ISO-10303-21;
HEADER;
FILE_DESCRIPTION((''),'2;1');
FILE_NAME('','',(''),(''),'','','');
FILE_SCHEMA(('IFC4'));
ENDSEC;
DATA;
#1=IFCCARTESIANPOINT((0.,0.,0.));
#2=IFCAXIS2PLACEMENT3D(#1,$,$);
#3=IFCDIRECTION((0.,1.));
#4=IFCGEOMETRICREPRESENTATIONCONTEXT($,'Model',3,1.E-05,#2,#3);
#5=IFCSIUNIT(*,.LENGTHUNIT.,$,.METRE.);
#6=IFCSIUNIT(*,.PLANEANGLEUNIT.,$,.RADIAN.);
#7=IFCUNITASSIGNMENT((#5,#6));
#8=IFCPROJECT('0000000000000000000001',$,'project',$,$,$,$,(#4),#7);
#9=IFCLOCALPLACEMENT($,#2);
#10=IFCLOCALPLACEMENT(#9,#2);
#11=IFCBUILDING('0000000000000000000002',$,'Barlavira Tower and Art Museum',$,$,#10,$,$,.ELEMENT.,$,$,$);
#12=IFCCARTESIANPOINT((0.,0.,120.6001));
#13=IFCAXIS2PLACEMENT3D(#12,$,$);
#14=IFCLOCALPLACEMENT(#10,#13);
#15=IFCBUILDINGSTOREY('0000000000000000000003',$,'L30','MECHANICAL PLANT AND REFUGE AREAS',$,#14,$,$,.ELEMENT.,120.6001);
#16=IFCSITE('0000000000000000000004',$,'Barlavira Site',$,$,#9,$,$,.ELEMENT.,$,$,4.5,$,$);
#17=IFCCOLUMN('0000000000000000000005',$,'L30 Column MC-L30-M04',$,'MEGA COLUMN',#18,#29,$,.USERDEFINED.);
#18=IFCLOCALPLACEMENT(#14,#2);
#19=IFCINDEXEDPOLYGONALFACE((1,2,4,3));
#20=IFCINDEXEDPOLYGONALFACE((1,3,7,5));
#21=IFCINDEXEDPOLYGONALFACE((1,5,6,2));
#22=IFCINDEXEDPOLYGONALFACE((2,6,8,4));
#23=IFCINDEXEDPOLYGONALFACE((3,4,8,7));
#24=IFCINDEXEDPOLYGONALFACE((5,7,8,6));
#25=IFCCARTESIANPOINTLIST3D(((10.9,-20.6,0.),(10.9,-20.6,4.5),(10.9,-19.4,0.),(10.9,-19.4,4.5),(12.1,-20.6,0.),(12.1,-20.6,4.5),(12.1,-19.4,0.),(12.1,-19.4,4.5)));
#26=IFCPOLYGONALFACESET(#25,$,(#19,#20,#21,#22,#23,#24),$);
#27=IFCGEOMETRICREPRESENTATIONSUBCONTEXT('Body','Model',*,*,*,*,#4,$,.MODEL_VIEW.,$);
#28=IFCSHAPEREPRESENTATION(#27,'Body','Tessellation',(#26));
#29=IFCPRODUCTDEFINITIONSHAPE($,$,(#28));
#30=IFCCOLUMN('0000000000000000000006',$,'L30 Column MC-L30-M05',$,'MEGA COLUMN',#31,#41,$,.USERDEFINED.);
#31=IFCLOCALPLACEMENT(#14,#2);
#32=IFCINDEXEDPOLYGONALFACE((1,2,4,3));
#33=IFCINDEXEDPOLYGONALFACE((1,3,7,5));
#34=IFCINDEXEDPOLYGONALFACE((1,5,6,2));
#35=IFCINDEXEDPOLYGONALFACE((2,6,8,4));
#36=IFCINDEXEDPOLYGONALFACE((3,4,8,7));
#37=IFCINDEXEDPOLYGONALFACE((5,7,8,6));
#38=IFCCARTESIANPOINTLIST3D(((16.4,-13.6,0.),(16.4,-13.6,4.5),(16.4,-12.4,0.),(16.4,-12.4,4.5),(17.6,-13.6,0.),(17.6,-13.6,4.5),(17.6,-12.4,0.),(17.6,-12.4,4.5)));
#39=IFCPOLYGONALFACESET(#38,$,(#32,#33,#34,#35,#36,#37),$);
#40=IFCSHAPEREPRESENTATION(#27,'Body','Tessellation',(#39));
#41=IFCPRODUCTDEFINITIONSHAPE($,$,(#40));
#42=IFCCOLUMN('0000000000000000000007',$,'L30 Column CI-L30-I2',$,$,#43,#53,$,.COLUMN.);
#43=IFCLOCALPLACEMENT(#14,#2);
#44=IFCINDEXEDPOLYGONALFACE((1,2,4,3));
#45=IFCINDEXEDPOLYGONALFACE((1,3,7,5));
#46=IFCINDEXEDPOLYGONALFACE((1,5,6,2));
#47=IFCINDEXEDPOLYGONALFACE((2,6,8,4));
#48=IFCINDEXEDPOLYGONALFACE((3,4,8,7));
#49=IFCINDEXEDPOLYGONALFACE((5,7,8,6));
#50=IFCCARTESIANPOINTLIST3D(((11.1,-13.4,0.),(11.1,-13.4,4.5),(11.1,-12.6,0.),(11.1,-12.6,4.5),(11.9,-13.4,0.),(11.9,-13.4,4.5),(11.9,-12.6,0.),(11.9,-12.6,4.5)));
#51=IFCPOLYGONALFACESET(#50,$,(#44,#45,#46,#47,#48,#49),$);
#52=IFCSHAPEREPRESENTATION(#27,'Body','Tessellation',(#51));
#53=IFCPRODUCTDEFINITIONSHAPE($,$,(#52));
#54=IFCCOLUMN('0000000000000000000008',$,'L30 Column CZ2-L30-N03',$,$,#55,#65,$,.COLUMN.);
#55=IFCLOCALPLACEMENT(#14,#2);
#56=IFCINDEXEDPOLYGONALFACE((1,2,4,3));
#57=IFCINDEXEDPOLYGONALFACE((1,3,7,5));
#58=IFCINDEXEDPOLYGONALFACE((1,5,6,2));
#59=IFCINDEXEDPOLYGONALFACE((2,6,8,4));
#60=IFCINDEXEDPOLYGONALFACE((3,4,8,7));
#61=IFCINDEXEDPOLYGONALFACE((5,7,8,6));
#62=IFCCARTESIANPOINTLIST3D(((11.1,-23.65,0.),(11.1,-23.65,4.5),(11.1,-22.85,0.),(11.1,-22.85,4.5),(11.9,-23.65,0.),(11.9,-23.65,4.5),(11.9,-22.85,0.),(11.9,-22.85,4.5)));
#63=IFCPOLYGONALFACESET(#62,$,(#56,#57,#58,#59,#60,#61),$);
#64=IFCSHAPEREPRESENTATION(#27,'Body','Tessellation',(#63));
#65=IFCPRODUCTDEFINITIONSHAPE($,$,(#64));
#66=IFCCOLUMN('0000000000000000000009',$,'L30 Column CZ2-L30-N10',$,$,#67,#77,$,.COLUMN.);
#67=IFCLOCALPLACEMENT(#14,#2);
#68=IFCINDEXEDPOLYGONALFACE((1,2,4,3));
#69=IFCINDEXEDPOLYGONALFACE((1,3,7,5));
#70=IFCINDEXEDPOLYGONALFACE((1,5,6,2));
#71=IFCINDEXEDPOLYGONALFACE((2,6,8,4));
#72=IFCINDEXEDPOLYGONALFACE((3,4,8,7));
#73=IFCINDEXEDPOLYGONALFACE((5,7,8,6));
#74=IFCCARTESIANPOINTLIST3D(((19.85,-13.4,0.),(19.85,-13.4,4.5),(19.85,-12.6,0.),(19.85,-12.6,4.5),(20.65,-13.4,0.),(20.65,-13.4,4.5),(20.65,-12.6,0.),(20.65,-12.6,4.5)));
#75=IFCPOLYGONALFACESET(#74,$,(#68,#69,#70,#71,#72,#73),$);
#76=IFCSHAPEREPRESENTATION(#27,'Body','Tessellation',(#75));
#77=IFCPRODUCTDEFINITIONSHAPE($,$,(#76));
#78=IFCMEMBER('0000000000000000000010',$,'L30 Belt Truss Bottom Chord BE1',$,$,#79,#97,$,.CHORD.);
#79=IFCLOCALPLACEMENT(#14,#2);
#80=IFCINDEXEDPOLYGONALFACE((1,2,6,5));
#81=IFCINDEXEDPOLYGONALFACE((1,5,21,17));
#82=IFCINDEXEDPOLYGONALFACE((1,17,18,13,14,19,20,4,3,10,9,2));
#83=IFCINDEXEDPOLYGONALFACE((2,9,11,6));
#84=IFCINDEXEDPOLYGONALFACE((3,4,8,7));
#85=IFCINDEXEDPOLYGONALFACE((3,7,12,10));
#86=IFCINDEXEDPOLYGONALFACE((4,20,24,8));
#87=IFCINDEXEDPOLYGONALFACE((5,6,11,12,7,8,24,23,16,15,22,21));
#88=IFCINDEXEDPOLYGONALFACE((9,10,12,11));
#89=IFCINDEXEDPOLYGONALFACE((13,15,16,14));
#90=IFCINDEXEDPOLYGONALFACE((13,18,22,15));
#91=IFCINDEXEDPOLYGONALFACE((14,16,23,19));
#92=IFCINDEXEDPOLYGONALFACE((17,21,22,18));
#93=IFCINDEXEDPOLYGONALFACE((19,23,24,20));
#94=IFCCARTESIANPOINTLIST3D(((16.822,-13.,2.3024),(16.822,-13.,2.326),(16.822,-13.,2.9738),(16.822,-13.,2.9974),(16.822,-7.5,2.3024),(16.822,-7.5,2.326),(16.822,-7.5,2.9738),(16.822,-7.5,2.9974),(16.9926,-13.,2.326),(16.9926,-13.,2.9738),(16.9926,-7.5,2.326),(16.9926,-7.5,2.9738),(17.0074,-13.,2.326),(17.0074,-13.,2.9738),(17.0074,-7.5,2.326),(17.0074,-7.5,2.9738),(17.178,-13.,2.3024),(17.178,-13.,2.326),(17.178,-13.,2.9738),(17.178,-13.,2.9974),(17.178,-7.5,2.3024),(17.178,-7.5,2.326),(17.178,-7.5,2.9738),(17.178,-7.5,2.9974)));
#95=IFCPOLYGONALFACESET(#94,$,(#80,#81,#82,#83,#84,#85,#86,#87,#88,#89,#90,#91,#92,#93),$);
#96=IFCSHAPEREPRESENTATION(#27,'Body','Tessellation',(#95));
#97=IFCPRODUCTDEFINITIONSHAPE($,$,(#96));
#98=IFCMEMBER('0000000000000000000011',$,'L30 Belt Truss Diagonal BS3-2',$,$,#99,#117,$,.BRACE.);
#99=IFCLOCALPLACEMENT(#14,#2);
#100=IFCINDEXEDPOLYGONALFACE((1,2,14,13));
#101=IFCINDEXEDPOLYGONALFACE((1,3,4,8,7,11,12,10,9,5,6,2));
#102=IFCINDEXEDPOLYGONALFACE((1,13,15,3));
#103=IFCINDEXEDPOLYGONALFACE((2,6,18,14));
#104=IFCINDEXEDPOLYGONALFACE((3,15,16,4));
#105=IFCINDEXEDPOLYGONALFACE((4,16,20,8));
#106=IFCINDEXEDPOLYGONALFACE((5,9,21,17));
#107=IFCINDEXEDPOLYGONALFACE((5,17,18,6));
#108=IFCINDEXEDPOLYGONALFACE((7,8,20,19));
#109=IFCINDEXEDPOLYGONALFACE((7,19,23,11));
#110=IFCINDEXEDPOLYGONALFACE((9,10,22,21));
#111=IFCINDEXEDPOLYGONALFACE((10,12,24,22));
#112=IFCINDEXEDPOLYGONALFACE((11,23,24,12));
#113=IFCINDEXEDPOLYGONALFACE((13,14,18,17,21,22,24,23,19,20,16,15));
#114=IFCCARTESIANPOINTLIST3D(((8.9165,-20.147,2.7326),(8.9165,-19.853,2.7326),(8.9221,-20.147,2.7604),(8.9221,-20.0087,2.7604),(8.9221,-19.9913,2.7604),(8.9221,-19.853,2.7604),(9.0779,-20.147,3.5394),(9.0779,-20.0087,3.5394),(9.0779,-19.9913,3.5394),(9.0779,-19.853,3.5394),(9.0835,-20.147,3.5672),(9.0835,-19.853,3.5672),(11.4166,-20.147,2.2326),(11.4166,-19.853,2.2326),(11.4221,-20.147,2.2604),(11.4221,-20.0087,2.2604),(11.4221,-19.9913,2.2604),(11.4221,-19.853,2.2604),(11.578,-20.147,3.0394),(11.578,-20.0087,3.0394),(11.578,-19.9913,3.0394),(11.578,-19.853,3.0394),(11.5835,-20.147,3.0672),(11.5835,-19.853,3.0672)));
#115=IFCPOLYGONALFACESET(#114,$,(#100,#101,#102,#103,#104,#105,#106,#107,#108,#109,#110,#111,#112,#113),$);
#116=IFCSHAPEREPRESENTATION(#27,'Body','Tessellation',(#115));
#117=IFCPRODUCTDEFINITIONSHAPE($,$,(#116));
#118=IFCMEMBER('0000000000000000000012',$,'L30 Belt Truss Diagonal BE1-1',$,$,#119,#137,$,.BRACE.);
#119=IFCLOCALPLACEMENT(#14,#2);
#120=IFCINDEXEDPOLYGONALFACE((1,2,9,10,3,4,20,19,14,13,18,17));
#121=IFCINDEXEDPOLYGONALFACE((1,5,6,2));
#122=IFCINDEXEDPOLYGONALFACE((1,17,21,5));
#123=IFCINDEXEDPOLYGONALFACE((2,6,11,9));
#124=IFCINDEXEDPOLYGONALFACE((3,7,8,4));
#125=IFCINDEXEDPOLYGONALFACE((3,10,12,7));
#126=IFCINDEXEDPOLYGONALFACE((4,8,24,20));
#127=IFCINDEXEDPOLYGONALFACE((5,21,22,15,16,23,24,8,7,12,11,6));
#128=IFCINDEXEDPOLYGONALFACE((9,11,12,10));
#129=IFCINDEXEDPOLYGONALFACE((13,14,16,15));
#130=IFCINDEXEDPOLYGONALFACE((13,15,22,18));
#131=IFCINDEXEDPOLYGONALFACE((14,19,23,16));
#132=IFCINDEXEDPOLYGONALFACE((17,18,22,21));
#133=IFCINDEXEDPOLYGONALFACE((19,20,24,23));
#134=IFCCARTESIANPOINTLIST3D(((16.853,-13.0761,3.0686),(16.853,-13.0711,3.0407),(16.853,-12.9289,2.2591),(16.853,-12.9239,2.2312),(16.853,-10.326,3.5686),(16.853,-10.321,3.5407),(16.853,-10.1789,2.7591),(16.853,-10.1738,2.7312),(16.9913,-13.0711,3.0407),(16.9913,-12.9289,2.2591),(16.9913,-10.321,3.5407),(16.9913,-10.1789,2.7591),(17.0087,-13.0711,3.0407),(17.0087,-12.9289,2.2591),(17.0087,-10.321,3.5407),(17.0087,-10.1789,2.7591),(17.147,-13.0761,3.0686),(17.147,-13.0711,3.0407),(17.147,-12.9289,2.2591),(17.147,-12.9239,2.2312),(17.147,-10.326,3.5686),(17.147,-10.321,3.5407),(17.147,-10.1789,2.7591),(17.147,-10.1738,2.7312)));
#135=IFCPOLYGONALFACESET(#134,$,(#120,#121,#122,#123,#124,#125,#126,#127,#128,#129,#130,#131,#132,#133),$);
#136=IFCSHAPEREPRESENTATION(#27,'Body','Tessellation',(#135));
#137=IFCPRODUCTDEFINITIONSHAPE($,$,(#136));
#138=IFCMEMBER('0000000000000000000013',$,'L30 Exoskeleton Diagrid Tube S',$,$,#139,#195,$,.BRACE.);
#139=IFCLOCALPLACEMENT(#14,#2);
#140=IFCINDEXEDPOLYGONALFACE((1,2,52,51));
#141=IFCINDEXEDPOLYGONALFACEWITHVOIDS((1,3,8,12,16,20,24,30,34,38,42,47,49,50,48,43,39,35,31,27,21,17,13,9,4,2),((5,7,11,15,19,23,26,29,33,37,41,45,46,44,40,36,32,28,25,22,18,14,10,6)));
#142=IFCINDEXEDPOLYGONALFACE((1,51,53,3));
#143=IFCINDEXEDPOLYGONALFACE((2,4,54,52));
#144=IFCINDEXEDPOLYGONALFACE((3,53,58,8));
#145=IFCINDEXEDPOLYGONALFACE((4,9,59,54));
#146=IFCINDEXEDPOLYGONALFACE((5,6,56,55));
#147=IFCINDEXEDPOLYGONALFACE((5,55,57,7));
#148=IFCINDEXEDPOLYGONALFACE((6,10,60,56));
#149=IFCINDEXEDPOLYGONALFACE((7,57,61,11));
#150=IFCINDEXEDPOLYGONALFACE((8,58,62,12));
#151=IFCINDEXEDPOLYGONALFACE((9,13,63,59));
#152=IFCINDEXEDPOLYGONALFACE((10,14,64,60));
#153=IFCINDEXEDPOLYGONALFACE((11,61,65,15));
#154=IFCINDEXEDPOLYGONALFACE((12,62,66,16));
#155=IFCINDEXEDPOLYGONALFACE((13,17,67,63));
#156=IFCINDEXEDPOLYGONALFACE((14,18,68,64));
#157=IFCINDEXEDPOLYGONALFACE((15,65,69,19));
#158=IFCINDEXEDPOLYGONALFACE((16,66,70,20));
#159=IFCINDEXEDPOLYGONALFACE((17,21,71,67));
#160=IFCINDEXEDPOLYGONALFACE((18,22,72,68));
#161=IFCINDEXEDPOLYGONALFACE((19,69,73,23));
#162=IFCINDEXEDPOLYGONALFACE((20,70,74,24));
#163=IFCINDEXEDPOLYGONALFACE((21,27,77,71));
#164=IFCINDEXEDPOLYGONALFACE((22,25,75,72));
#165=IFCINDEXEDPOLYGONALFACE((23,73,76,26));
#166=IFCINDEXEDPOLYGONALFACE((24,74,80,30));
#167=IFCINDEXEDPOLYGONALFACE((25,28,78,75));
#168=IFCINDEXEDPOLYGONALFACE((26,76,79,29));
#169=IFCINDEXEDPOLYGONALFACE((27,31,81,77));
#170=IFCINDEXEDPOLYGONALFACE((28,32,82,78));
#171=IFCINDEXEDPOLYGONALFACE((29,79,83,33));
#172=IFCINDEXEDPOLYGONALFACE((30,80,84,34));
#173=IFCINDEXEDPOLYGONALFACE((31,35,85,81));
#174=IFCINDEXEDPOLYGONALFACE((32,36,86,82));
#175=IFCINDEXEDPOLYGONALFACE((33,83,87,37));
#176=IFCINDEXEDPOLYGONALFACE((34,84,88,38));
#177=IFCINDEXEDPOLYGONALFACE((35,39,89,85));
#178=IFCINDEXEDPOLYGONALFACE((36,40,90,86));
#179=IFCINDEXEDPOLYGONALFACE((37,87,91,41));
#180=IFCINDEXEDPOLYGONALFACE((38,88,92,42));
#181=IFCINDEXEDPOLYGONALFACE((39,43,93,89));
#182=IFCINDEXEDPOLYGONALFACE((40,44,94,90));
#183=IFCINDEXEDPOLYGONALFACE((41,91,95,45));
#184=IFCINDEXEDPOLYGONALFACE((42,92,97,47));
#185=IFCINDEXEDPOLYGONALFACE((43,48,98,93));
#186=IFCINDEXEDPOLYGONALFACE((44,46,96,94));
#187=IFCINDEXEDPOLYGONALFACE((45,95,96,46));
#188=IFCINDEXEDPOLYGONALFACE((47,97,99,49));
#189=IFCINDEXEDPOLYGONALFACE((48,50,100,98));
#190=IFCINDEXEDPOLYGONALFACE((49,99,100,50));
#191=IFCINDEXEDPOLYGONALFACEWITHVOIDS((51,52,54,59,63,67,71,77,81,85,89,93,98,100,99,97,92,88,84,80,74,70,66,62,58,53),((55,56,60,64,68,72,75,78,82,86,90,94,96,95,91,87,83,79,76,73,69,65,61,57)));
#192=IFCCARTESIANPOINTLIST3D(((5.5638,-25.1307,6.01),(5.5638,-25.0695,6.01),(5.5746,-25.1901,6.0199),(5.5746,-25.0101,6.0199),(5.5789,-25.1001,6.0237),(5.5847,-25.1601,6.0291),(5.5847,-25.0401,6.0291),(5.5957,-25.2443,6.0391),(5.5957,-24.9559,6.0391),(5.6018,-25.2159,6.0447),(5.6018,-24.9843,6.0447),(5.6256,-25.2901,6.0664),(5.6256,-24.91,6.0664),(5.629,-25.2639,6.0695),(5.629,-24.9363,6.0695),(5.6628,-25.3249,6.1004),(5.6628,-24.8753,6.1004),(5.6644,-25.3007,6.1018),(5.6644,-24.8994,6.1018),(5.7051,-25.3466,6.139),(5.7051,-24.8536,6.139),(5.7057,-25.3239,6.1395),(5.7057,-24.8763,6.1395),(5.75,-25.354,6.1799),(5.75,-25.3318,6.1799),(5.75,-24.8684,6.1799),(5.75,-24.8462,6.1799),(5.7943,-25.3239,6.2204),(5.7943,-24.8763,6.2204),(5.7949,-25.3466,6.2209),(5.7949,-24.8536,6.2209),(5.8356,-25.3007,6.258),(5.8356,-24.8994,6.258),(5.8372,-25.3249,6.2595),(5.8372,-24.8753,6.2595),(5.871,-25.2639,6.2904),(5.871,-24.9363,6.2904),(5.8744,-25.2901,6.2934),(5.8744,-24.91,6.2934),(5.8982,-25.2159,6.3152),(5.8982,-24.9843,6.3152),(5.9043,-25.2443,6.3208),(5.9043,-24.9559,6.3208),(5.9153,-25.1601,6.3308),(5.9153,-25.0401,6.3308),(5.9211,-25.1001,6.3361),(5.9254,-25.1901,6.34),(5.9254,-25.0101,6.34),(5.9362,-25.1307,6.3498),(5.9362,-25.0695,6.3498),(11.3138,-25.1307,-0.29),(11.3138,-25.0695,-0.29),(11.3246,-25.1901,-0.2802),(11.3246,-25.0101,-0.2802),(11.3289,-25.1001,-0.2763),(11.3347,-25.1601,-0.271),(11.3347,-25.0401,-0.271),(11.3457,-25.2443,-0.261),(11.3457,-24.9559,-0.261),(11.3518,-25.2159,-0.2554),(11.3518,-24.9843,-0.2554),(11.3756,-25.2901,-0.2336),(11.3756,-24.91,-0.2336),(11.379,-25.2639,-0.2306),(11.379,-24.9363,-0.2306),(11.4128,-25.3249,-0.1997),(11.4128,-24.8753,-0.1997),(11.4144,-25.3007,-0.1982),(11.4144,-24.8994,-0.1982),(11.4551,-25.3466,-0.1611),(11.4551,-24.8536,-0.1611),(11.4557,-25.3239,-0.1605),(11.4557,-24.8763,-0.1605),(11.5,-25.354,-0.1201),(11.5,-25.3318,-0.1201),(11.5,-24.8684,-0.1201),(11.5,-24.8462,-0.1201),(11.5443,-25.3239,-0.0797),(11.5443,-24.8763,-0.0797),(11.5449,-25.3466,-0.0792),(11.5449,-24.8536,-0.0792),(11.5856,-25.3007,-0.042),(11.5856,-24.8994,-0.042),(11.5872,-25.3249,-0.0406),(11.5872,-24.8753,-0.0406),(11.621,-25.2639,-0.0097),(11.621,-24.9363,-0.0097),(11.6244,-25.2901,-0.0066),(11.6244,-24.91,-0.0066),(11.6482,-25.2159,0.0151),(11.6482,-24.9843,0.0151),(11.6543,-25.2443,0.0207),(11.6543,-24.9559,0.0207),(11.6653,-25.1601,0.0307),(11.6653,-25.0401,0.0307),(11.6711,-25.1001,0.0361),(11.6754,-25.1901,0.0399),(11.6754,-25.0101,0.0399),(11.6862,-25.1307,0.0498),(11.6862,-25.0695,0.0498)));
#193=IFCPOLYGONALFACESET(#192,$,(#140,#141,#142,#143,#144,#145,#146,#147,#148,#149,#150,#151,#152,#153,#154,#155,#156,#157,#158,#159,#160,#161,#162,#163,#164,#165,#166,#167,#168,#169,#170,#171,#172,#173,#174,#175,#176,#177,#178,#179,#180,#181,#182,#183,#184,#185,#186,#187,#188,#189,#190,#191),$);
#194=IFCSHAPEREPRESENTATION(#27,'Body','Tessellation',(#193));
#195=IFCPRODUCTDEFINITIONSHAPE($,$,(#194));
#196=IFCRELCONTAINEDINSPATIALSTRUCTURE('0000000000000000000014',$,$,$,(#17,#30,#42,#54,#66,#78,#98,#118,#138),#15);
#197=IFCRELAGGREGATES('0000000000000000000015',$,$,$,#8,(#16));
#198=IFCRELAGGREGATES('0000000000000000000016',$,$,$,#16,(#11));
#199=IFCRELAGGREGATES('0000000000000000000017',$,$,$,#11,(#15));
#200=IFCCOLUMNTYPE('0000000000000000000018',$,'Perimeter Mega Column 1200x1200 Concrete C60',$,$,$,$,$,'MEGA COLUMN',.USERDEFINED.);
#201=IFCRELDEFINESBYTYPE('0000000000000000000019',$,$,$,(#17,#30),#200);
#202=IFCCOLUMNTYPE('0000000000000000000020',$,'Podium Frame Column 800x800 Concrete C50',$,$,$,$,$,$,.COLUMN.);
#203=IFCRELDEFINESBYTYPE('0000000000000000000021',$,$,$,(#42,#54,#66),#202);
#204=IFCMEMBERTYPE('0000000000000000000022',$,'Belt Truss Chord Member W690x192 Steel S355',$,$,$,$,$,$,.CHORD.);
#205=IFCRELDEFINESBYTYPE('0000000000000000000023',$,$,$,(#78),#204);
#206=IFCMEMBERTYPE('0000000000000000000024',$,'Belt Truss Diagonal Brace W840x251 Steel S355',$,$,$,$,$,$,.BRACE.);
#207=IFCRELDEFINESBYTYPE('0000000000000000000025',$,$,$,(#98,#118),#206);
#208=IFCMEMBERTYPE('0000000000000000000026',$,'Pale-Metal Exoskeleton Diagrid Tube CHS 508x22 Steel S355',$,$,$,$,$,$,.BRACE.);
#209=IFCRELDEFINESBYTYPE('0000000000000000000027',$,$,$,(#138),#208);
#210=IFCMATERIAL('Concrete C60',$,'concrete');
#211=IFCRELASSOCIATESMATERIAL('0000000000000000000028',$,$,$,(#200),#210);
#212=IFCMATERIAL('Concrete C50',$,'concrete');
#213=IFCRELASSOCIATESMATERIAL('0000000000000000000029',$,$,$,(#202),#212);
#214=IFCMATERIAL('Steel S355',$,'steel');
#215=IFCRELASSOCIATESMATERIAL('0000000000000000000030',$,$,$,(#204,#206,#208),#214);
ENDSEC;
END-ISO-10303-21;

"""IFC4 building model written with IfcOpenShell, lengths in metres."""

from ifc_helpers import new_model, si_unit, direction, frame, origin, origin_2d, place, context, subcontext, project, spatial, rectangle, hollow_circle, i_section, extrude, material, material_profile, profile_set, type_object, element, save


model = new_model("IFC4")

# Units and contexts
model_context = context("Model", 3, precision=1e-05, world=origin(), true_north=direction((0.0, 1.0)))
body_context = subcontext(model_context, "Body", "Model", "MODEL_VIEW")
ifc_project = project(units=[si_unit("LENGTHUNIT", "METRE"), si_unit("PLANEANGLEUNIT", "RADIAN")], contexts=[model_context])

# Site, building, storey
site_placement = place(None, origin())
site = spatial("IfcSite", under=ifc_project, at=site_placement, Name="Barlavira Site", CompositionType="ELEMENT", RefElevation=4.5)
building_placement = place(site_placement, origin())
building = spatial("IfcBuilding", under=site, at=building_placement, Name="Barlavira Tower and Art Museum", CompositionType="ELEMENT")
storey_placement = place(building_placement, frame((0.0, 0.0, 120.6001)))
storey = spatial("IfcBuildingStorey", under=building, at=storey_placement, Name="L30", Description="MECHANICAL PLANT AND REFUGE AREAS", CompositionType="ELEMENT", Elevation=120.6001)

# Columns
ifc_material_1 = material(Name="Concrete C60", Category="concrete")
ifc_material_profile_1 = material_profile(ifc_material_1, rectangle(XDim=1.2, YDim=1.2, at=origin_2d()), Name="RC-COL 1200x1200")
ifc_profile_set_1 = profile_set([ifc_material_profile_1], Name="Concrete C60")
column_type_1 = type_object("IfcColumnType", Name="Perimeter Mega Column 1200x1200 Concrete C60", ElementType="MEGA COLUMN", PredefinedType="USERDEFINED", material=ifc_profile_set_1)
for number, where, z_axis, x_axis, name in (
    (1, (11.5, -20.0, 0.0), (0.0, 0.0, 1.0), (1.0, 0.0, 0.0), "L30 Column MC-L30-M04"),
    (2, (17.0, -13.0, 0.0), (0.0, 0.0, 1.0), (1.0, 0.0, 0.0), "L30 Column MC-L30-M05"),
):
    element("IfcColumn", number, at=place(storey_placement, frame(where, z_axis=z_axis, x_axis=x_axis)), inside=storey, type_object=column_type_1, Name=name, ObjectType="MEGA COLUMN", PredefinedType="USERDEFINED", context=body_context, shape_type="SweptSolid", body=[
        extrude(rectangle(XDim=1.2, YDim=1.2, at=origin_2d()), origin(), (0.0, 0.0, 1.0), 4.5),
    ])
ifc_material_2 = material(Name="Concrete C50", Category="concrete")
ifc_material_profile_2 = material_profile(ifc_material_2, rectangle(XDim=0.8, YDim=0.8, at=origin_2d()), Name="RC-COL 800x800")
ifc_profile_set_2 = profile_set([ifc_material_profile_2], Name="Concrete C50")
column_type_2 = type_object("IfcColumnType", Name="Podium Frame Column 800x800 Concrete C50", PredefinedType="COLUMN", material=ifc_profile_set_2)
for number, where, z_axis, x_axis, name in (
    (3, (11.5, -13.0, 0.0), (0.0, 0.0, 1.0), (1.0, 0.0, 0.0), "L30 Column CI-L30-I2"),
    (4, (11.5, -23.25, 0.0), (0.0, 0.0, 1.0), (1.0, 0.0, 0.0), "L30 Column CZ2-L30-N03"),
    (5, (20.25, -13.0, 0.0), (0.0, 0.0, 1.0), (1.0, 0.0, 0.0), "L30 Column CZ2-L30-N10"),
):
    element("IfcColumn", number, at=place(storey_placement, frame(where, z_axis=z_axis, x_axis=x_axis)), inside=storey, type_object=column_type_2, Name=name, PredefinedType="COLUMN", context=body_context, shape_type="SweptSolid", body=[
        extrude(rectangle(XDim=0.8, YDim=0.8, at=origin_2d()), origin(), (0.0, 0.0, 1.0), 4.5),
    ])

# Members
ifc_material_3 = material(Name="Steel S355", Category="steel")
ifc_material_profile_3 = material_profile(ifc_material_3, i_section(OverallWidth=0.356, OverallDepth=0.6951, WebThickness=0.0149, FlangeThickness=0.0237, at=origin_2d()), Name="W690x192.0")
ifc_profile_set_3 = profile_set([ifc_material_profile_3], Name="Steel S355")
member_type_1 = type_object("IfcMemberType", Name="Belt Truss Chord Member W690x192 Steel S355", PredefinedType="CHORD", material=ifc_profile_set_3)
member_1_placement = place(storey_placement, frame((17.0, -13.0, 2.6499), z_axis=(0.0, 1.0, 0.0), x_axis=(-1.0, 0.0, 0.0)))
element("IfcMember", 6, at=member_1_placement, inside=storey, type_object=member_type_1, Name="L30 Belt Truss Bottom Chord BE1", PredefinedType="CHORD", context=body_context, shape_type="SweptSolid", body=[
    extrude(i_section(OverallWidth=0.356, OverallDepth=0.6951, WebThickness=0.0149, FlangeThickness=0.0237, at=origin_2d()), origin(), (0.0, 0.0, 1.0), 5.5),
])
ifc_material_profile_4 = material_profile(ifc_material_3, i_section(OverallWidth=0.2939, OverallDepth=0.8511, WebThickness=0.0173, FlangeThickness=0.0283, at=origin_2d()), Name="W840x251.0")
ifc_profile_set_4 = profile_set([ifc_material_profile_4], Name="Steel S355")
member_type_2 = type_object("IfcMemberType", Name="Belt Truss Diagonal Brace W840x251 Steel S355", PredefinedType="BRACE", material=ifc_profile_set_4)
member_2_placement = place(storey_placement, frame((9.0, -20.0, 3.1499), z_axis=(0.980581, 0.0, -0.196116), x_axis=(0.0, 1.0, 0.0)))
element("IfcMember", 7, at=member_2_placement, inside=storey, type_object=member_type_2, Name="L30 Belt Truss Diagonal BS3-2", PredefinedType="BRACE", context=body_context, shape_type="SweptSolid", body=[
    extrude(i_section(OverallWidth=0.2939, OverallDepth=0.8511, WebThickness=0.0173, FlangeThickness=0.0283, at=origin_2d()), origin(), (0.0, 0.0, 1.0), 2.5496),
])
member_3_placement = place(storey_placement, frame((17.0, -13.0, 2.6499), z_axis=(0.0, 0.98387, 0.178885), x_axis=(-1.0, 0.0, 0.0)))
element("IfcMember", 8, at=member_3_placement, inside=storey, type_object=member_type_2, Name="L30 Belt Truss Diagonal BE1-1", PredefinedType="BRACE", context=body_context, shape_type="SweptSolid", body=[
    extrude(i_section(OverallWidth=0.2939, OverallDepth=0.8511, WebThickness=0.0173, FlangeThickness=0.0283, at=origin_2d()), origin(), (0.0, 0.0, 1.0), 2.7952),
])
ifc_material_profile_5 = material_profile(ifc_material_3, hollow_circle(Radius=0.2539, WallThickness=0.0222, at=origin_2d()), Name="CHS 508.0x22.2")
ifc_profile_set_5 = profile_set([ifc_material_profile_5], Name="Steel S355")
member_type_3 = type_object("IfcMemberType", Name="Pale-Metal Exoskeleton Diagrid Tube CHS 508x22 Steel S355", PredefinedType="BRACE", material=ifc_profile_set_5)
member_4_placement = place(storey_placement, frame((11.5, -25.1001, -0.1201), z_axis=(-0.674128, 0.0, 0.738615), x_axis=(0.0, -1.0, 0.0)))
element("IfcMember", 9, at=member_4_placement, inside=storey, type_object=member_type_3, Name="L30 Exoskeleton Diagrid Tube S", PredefinedType="BRACE", context=body_context, shape_type="SweptSolid", body=[
    extrude(hollow_circle(Radius=0.2539, WallThickness=0.0222, at=origin_2d()), origin(), (0.0, 0.0, 1.0), 8.5295),
])

save(model, "model.ifc")
